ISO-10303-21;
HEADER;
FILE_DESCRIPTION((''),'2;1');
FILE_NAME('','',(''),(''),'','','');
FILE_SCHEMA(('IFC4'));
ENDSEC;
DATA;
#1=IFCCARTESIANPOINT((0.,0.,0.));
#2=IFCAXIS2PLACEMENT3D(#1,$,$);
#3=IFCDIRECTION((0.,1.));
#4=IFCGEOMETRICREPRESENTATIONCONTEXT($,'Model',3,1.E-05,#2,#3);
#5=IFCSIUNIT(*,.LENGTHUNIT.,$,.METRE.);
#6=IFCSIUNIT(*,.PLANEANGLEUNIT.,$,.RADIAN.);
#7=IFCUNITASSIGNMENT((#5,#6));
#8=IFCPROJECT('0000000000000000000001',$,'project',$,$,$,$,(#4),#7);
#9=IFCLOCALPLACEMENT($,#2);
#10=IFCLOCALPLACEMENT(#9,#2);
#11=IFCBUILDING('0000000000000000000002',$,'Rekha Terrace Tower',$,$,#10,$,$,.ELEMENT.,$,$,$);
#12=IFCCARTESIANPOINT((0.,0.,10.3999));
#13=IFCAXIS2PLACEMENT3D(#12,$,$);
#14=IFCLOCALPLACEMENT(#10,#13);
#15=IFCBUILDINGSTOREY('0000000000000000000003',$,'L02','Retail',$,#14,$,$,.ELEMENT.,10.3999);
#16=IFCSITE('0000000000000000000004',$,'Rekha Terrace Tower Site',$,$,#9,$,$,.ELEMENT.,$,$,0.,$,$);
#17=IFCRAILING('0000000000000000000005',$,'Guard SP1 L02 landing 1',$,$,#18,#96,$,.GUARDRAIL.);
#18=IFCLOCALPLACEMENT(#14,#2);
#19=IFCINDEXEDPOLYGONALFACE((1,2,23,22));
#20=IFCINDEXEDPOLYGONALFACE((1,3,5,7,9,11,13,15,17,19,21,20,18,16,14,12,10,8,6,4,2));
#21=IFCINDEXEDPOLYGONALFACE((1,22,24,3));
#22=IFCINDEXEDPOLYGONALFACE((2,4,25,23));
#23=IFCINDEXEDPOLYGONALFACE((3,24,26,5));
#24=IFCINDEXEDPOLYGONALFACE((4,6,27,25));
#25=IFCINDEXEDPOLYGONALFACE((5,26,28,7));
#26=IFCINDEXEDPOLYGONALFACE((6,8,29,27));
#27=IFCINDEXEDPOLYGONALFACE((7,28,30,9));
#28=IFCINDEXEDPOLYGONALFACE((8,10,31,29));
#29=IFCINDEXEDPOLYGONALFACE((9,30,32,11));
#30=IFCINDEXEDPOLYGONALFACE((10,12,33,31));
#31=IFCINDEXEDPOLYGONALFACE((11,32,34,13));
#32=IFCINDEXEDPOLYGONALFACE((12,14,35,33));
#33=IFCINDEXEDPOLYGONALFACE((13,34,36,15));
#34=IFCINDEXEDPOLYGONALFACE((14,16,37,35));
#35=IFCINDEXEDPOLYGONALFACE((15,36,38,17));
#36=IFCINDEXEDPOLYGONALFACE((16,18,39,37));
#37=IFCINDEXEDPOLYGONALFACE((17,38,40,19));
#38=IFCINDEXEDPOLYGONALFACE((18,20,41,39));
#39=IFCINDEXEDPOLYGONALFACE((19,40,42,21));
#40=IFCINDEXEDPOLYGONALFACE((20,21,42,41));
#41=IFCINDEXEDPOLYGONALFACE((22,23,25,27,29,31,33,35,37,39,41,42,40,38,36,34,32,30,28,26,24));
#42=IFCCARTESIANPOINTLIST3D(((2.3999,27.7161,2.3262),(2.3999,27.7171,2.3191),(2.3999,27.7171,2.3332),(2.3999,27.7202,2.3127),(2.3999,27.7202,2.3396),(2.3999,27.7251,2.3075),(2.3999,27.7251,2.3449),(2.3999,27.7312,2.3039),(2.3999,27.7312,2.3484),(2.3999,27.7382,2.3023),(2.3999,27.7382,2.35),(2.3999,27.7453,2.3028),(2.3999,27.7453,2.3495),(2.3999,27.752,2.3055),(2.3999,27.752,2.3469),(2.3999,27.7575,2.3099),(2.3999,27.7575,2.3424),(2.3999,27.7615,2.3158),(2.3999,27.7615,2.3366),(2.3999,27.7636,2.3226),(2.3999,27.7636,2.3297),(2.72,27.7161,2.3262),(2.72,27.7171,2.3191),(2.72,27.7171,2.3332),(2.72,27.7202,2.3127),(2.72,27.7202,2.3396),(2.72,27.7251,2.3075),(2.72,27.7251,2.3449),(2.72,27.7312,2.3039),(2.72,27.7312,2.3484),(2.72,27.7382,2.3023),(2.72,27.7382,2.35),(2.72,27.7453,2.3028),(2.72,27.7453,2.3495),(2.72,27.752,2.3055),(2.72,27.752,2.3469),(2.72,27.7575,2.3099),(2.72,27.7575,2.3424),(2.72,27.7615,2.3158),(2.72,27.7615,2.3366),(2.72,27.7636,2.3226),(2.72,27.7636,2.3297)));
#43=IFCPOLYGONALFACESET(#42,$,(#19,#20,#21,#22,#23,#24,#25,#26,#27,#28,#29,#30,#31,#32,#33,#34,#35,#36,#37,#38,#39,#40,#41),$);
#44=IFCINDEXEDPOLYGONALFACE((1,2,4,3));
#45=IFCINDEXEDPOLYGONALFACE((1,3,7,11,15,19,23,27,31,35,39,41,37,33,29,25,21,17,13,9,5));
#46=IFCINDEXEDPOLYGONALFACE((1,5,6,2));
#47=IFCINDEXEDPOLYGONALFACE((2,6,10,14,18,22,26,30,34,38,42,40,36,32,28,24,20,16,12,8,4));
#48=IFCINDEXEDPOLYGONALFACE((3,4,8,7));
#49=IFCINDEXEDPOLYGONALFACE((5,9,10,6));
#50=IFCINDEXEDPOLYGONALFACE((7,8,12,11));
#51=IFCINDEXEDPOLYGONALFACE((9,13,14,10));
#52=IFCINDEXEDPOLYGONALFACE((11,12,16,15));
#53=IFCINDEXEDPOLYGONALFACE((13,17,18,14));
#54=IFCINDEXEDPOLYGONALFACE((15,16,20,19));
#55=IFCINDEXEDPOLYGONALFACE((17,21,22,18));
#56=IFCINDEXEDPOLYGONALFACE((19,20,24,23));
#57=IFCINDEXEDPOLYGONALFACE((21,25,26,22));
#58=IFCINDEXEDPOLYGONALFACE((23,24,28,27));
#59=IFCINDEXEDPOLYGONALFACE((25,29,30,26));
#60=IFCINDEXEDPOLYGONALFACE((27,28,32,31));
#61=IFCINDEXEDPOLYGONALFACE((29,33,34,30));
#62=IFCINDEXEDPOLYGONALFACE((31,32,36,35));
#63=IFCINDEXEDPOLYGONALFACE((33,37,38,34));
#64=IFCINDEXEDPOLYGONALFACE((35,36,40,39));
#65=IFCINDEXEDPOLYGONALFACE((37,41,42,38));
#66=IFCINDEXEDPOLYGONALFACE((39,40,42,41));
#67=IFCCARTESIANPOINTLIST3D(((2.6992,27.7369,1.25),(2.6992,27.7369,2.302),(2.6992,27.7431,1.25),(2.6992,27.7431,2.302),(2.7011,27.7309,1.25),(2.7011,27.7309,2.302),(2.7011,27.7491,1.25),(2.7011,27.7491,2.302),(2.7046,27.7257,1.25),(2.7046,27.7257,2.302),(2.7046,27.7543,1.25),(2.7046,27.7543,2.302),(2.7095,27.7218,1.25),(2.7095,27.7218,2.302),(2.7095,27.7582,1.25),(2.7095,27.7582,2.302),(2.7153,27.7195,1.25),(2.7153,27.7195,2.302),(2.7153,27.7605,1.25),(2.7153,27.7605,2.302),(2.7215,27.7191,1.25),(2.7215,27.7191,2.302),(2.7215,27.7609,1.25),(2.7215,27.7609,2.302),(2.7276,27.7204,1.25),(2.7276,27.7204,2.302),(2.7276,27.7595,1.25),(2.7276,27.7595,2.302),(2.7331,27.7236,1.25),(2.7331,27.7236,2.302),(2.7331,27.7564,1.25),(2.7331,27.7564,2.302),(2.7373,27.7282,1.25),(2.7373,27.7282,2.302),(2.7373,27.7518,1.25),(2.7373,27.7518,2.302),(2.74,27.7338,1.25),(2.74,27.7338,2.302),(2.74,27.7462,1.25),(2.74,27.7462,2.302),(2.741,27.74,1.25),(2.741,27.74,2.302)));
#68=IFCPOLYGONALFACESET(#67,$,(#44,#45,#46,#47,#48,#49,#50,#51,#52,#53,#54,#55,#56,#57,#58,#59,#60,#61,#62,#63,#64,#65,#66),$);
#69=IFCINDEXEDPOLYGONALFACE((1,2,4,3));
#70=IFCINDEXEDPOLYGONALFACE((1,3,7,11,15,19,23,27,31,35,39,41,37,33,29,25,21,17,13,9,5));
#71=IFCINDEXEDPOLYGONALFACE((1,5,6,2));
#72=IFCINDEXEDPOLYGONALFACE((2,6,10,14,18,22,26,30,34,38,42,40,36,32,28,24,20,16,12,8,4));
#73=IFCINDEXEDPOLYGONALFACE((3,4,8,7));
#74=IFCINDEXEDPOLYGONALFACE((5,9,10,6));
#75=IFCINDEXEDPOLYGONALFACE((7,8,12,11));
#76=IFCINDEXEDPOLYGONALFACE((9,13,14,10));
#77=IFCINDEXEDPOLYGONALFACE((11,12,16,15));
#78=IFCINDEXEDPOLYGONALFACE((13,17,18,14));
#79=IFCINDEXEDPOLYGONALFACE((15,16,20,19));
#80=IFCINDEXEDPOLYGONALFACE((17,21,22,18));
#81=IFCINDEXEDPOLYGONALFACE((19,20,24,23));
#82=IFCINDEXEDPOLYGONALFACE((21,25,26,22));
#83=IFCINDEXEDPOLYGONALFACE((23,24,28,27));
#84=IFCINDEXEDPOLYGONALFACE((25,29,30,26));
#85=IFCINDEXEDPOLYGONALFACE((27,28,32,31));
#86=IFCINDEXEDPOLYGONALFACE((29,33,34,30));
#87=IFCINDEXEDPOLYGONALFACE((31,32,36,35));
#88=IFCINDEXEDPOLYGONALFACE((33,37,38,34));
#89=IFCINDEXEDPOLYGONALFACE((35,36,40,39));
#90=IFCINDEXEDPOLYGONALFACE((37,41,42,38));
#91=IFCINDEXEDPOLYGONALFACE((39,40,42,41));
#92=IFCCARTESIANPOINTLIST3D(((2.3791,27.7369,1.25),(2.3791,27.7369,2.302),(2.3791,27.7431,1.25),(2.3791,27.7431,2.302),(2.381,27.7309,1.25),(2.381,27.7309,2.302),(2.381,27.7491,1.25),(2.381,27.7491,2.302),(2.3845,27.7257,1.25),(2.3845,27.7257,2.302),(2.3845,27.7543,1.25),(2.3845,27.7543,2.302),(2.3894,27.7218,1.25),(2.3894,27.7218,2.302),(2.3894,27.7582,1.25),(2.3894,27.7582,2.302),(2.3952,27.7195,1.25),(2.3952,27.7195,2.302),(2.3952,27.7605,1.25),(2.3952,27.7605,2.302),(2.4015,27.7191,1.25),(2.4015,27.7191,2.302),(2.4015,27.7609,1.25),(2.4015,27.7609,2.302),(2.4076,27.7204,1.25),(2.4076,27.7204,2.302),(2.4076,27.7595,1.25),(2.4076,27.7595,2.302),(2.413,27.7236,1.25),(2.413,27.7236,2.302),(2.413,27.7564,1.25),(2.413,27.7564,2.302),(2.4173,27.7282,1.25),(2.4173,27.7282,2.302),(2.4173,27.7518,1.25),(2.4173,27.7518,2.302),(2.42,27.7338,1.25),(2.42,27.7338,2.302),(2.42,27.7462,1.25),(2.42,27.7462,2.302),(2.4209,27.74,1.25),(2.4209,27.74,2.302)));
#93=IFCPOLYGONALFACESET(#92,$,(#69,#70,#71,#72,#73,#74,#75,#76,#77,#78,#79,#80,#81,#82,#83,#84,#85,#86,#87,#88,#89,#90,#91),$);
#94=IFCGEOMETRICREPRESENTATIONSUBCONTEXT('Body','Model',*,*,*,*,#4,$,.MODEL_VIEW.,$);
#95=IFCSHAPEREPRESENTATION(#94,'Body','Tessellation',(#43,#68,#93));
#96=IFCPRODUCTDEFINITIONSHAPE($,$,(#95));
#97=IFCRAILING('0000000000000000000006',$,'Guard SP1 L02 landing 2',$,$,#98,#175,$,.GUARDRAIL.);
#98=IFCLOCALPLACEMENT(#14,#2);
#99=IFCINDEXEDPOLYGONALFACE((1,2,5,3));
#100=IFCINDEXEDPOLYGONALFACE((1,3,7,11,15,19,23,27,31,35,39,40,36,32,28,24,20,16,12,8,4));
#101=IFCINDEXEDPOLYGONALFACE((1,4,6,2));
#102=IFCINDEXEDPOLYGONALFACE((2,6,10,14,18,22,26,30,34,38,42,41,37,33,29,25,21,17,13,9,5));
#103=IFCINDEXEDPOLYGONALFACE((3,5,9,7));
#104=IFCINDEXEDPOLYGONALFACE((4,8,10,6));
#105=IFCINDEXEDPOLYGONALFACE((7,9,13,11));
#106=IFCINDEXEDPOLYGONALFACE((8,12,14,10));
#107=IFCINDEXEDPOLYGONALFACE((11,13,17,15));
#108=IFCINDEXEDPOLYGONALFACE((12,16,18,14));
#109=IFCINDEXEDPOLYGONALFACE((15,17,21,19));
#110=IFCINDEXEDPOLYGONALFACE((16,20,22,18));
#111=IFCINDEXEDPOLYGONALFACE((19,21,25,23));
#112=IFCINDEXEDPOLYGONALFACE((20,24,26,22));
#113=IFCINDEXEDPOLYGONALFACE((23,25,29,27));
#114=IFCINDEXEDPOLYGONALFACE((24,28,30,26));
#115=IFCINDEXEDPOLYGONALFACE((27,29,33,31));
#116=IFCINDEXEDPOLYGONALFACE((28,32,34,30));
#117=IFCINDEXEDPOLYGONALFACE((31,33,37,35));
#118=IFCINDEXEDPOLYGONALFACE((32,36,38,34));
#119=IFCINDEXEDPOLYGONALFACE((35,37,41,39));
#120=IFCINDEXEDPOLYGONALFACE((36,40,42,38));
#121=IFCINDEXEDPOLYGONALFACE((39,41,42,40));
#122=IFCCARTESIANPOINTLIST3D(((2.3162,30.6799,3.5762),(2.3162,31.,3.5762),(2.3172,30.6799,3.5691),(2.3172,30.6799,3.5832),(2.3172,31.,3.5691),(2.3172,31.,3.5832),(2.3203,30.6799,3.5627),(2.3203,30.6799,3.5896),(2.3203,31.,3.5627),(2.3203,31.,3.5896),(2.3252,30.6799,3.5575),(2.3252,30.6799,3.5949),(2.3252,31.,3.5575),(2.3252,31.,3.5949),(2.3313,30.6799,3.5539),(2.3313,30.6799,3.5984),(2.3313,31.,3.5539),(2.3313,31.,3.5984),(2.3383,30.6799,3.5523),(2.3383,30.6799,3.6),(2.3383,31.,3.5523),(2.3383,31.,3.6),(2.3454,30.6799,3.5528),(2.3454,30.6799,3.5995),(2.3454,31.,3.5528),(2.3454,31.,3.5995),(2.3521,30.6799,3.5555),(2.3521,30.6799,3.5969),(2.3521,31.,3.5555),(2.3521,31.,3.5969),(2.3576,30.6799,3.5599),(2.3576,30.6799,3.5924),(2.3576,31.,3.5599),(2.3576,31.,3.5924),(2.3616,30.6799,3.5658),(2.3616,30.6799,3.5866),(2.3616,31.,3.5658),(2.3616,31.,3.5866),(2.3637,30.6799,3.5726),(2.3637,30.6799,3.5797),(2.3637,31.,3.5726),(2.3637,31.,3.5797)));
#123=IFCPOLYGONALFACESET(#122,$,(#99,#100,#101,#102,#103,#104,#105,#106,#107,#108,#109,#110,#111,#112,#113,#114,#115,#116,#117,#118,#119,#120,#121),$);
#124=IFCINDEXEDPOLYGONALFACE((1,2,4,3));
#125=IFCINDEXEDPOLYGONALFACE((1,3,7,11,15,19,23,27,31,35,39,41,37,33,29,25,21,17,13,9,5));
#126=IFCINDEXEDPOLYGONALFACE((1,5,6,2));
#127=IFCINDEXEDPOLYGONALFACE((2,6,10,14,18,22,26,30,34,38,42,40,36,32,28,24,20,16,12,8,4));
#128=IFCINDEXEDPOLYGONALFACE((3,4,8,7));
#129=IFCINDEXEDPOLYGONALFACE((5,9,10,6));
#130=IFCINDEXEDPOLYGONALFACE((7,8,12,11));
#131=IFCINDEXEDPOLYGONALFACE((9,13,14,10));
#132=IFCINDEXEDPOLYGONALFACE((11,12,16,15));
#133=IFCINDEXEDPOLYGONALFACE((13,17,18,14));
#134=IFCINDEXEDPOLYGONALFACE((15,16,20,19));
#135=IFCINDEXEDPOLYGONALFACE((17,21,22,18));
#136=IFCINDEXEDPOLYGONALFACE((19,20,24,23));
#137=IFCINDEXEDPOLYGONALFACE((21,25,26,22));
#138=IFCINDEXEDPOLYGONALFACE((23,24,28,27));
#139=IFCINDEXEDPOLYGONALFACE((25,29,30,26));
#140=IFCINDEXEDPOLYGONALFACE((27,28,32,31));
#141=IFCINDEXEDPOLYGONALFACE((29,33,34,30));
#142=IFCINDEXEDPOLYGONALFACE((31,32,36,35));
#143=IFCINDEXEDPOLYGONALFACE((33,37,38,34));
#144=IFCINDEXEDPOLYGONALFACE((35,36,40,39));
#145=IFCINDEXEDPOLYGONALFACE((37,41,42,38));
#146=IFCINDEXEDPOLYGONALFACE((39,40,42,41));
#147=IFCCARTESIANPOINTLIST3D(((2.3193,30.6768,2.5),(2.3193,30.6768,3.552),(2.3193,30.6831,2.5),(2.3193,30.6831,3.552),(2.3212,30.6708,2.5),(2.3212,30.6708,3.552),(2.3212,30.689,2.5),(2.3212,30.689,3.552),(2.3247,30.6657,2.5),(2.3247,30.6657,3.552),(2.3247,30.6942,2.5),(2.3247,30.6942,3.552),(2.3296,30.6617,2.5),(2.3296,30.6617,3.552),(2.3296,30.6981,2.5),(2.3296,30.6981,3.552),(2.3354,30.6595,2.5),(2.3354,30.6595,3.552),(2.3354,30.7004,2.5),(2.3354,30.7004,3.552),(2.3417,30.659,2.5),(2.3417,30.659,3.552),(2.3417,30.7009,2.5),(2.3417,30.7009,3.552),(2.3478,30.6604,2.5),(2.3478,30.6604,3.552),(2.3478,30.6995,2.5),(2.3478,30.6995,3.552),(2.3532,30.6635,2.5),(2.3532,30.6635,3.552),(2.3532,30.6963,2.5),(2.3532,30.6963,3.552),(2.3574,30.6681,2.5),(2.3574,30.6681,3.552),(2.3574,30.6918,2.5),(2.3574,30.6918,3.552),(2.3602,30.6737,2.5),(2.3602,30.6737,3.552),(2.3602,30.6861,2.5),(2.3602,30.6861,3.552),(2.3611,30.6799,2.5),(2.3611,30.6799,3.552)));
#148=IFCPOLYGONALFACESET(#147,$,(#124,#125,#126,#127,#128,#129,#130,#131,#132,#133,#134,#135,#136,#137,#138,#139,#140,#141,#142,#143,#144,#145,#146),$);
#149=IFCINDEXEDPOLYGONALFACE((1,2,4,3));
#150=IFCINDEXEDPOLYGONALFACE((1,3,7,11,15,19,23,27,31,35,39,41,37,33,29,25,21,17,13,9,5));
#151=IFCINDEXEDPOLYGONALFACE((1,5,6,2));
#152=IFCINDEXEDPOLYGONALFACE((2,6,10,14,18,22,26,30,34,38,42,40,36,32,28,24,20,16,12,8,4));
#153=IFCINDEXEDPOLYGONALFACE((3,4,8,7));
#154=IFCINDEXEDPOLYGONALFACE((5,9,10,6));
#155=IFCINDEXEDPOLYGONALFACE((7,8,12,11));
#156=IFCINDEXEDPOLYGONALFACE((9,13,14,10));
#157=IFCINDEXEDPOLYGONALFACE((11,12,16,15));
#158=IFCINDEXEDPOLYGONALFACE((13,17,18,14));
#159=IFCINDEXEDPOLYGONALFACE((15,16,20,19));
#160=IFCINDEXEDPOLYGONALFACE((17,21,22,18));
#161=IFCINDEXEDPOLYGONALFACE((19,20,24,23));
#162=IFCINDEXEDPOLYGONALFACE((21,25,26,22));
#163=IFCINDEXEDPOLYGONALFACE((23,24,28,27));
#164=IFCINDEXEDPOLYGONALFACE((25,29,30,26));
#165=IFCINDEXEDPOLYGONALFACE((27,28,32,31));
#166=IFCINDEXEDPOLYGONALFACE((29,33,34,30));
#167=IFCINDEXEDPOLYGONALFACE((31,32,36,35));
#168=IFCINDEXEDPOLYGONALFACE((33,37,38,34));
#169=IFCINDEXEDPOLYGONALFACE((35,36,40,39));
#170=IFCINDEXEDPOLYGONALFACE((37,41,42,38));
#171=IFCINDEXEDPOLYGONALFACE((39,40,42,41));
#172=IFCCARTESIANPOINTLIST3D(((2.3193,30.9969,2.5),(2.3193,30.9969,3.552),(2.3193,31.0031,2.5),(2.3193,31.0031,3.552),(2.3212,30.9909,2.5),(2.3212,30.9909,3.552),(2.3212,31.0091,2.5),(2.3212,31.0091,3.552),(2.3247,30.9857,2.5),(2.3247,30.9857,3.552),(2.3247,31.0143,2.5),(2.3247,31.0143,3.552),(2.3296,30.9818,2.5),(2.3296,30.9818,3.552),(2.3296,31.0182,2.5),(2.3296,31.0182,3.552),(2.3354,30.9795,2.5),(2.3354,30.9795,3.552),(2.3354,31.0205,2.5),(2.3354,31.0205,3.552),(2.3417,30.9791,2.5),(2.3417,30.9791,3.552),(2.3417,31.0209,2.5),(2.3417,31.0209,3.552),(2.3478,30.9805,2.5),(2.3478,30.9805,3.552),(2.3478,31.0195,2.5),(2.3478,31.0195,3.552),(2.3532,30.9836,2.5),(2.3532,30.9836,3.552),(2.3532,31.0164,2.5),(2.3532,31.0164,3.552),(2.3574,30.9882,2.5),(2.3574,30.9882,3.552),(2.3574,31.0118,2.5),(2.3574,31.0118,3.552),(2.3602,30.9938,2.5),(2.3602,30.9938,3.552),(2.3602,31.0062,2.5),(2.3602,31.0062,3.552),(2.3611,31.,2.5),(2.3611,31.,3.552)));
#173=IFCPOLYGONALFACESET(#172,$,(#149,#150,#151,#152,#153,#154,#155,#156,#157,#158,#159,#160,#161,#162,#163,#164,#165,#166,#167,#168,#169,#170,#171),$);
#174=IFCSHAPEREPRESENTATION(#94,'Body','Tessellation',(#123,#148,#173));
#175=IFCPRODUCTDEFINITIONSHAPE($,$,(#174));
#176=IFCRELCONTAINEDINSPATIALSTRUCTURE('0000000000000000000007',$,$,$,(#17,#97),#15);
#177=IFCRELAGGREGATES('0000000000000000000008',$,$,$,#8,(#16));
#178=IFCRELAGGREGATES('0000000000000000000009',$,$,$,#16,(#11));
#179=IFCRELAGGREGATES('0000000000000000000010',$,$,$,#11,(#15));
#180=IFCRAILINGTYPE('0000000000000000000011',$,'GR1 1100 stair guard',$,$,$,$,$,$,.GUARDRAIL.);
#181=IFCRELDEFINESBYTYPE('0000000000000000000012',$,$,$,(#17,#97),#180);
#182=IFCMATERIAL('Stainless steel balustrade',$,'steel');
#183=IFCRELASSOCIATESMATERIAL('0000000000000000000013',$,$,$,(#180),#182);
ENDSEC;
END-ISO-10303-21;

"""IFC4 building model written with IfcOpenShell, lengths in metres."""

from ifc_helpers import new_model, si_unit, direction, frame, origin, origin_2d, place, context, subcontext, project, spatial, circle, extrude, material, type_object, element, save


model = new_model("IFC4")

# Units and contexts
model_context = context("Model", 3, precision=1e-05, world=origin(), true_north=direction((0.0, 1.0)))
body_context = subcontext(model_context, "Body", "Model", "MODEL_VIEW")
ifc_project = project(units=[si_unit("LENGTHUNIT", "METRE"), si_unit("PLANEANGLEUNIT", "RADIAN")], contexts=[model_context])

# Site, building, storey
site_placement = place(None, origin())
site = spatial("IfcSite", under=ifc_project, at=site_placement, Name="Rekha Terrace Tower Site", CompositionType="ELEMENT", RefElevation=0.0)
building_placement = place(site_placement, origin())
building = spatial("IfcBuilding", under=site, at=building_placement, Name="Rekha Terrace Tower", CompositionType="ELEMENT")
storey_placement = place(building_placement, frame((0.0, 0.0, 10.3999)))
storey = spatial("IfcBuildingStorey", under=building, at=storey_placement, Name="L02", Description="Retail", CompositionType="ELEMENT", Elevation=10.3999)

# Railings
ifc_material_1 = material(Name="Stainless steel balustrade", Category="steel")
railing_type_1 = type_object("IfcRailingType", Name="GR1 1100 stair guard", PredefinedType="GUARDRAIL", material=ifc_material_1)
railing_1_placement = place(storey_placement, frame((2.72, 27.74, 1.25)))
element("IfcRailing", 1, at=railing_1_placement, inside=storey, type_object=railing_type_1, Name="Guard SP1 L02 landing 1", PredefinedType="GUARDRAIL", context=body_context, shape_type="SweptSolid", body=[
    extrude(circle(Radius=0.0239, at=origin_2d()), frame((0.0, 0.0, 1.0762), z_axis=(-1.0, 0.0, 0.0), x_axis=(0.0, -1.0, 0.0)), (0.0, 0.0, 1.0), 0.3201),
    extrude(circle(Radius=0.021, at=origin_2d()), origin(), (0.0, 0.0, 1.0), 1.052),
    extrude(circle(Radius=0.021, at=origin_2d()), frame((-0.3201, 0.0, 0.0)), (0.0, 0.0, 1.0), 1.052),
])
for number, where, name in (
    (2, (2.3401, 30.6799, 2.5), "Guard SP1 L02 landing 2"),
):
    element("IfcRailing", number, at=place(storey_placement, frame(where)), inside=storey, type_object=railing_type_1, Name=name, PredefinedType="GUARDRAIL", context=body_context, shape_type="SweptSolid", body=[
        extrude(circle(Radius=0.0239, at=origin_2d()), frame((0.0, 0.0, 1.0762), z_axis=(0.0, 1.0, 0.0), x_axis=(-1.0, 0.0, 0.0)), (0.0, 0.0, 1.0), 0.3201),
        extrude(circle(Radius=0.021, at=origin_2d()), origin(), (0.0, 0.0, 1.0), 1.052),
        extrude(circle(Radius=0.021, at=origin_2d()), frame((0.0, 0.3201, 0.0)), (0.0, 0.0, 1.0), 1.052),
    ])

save(model, "model.ifc")
